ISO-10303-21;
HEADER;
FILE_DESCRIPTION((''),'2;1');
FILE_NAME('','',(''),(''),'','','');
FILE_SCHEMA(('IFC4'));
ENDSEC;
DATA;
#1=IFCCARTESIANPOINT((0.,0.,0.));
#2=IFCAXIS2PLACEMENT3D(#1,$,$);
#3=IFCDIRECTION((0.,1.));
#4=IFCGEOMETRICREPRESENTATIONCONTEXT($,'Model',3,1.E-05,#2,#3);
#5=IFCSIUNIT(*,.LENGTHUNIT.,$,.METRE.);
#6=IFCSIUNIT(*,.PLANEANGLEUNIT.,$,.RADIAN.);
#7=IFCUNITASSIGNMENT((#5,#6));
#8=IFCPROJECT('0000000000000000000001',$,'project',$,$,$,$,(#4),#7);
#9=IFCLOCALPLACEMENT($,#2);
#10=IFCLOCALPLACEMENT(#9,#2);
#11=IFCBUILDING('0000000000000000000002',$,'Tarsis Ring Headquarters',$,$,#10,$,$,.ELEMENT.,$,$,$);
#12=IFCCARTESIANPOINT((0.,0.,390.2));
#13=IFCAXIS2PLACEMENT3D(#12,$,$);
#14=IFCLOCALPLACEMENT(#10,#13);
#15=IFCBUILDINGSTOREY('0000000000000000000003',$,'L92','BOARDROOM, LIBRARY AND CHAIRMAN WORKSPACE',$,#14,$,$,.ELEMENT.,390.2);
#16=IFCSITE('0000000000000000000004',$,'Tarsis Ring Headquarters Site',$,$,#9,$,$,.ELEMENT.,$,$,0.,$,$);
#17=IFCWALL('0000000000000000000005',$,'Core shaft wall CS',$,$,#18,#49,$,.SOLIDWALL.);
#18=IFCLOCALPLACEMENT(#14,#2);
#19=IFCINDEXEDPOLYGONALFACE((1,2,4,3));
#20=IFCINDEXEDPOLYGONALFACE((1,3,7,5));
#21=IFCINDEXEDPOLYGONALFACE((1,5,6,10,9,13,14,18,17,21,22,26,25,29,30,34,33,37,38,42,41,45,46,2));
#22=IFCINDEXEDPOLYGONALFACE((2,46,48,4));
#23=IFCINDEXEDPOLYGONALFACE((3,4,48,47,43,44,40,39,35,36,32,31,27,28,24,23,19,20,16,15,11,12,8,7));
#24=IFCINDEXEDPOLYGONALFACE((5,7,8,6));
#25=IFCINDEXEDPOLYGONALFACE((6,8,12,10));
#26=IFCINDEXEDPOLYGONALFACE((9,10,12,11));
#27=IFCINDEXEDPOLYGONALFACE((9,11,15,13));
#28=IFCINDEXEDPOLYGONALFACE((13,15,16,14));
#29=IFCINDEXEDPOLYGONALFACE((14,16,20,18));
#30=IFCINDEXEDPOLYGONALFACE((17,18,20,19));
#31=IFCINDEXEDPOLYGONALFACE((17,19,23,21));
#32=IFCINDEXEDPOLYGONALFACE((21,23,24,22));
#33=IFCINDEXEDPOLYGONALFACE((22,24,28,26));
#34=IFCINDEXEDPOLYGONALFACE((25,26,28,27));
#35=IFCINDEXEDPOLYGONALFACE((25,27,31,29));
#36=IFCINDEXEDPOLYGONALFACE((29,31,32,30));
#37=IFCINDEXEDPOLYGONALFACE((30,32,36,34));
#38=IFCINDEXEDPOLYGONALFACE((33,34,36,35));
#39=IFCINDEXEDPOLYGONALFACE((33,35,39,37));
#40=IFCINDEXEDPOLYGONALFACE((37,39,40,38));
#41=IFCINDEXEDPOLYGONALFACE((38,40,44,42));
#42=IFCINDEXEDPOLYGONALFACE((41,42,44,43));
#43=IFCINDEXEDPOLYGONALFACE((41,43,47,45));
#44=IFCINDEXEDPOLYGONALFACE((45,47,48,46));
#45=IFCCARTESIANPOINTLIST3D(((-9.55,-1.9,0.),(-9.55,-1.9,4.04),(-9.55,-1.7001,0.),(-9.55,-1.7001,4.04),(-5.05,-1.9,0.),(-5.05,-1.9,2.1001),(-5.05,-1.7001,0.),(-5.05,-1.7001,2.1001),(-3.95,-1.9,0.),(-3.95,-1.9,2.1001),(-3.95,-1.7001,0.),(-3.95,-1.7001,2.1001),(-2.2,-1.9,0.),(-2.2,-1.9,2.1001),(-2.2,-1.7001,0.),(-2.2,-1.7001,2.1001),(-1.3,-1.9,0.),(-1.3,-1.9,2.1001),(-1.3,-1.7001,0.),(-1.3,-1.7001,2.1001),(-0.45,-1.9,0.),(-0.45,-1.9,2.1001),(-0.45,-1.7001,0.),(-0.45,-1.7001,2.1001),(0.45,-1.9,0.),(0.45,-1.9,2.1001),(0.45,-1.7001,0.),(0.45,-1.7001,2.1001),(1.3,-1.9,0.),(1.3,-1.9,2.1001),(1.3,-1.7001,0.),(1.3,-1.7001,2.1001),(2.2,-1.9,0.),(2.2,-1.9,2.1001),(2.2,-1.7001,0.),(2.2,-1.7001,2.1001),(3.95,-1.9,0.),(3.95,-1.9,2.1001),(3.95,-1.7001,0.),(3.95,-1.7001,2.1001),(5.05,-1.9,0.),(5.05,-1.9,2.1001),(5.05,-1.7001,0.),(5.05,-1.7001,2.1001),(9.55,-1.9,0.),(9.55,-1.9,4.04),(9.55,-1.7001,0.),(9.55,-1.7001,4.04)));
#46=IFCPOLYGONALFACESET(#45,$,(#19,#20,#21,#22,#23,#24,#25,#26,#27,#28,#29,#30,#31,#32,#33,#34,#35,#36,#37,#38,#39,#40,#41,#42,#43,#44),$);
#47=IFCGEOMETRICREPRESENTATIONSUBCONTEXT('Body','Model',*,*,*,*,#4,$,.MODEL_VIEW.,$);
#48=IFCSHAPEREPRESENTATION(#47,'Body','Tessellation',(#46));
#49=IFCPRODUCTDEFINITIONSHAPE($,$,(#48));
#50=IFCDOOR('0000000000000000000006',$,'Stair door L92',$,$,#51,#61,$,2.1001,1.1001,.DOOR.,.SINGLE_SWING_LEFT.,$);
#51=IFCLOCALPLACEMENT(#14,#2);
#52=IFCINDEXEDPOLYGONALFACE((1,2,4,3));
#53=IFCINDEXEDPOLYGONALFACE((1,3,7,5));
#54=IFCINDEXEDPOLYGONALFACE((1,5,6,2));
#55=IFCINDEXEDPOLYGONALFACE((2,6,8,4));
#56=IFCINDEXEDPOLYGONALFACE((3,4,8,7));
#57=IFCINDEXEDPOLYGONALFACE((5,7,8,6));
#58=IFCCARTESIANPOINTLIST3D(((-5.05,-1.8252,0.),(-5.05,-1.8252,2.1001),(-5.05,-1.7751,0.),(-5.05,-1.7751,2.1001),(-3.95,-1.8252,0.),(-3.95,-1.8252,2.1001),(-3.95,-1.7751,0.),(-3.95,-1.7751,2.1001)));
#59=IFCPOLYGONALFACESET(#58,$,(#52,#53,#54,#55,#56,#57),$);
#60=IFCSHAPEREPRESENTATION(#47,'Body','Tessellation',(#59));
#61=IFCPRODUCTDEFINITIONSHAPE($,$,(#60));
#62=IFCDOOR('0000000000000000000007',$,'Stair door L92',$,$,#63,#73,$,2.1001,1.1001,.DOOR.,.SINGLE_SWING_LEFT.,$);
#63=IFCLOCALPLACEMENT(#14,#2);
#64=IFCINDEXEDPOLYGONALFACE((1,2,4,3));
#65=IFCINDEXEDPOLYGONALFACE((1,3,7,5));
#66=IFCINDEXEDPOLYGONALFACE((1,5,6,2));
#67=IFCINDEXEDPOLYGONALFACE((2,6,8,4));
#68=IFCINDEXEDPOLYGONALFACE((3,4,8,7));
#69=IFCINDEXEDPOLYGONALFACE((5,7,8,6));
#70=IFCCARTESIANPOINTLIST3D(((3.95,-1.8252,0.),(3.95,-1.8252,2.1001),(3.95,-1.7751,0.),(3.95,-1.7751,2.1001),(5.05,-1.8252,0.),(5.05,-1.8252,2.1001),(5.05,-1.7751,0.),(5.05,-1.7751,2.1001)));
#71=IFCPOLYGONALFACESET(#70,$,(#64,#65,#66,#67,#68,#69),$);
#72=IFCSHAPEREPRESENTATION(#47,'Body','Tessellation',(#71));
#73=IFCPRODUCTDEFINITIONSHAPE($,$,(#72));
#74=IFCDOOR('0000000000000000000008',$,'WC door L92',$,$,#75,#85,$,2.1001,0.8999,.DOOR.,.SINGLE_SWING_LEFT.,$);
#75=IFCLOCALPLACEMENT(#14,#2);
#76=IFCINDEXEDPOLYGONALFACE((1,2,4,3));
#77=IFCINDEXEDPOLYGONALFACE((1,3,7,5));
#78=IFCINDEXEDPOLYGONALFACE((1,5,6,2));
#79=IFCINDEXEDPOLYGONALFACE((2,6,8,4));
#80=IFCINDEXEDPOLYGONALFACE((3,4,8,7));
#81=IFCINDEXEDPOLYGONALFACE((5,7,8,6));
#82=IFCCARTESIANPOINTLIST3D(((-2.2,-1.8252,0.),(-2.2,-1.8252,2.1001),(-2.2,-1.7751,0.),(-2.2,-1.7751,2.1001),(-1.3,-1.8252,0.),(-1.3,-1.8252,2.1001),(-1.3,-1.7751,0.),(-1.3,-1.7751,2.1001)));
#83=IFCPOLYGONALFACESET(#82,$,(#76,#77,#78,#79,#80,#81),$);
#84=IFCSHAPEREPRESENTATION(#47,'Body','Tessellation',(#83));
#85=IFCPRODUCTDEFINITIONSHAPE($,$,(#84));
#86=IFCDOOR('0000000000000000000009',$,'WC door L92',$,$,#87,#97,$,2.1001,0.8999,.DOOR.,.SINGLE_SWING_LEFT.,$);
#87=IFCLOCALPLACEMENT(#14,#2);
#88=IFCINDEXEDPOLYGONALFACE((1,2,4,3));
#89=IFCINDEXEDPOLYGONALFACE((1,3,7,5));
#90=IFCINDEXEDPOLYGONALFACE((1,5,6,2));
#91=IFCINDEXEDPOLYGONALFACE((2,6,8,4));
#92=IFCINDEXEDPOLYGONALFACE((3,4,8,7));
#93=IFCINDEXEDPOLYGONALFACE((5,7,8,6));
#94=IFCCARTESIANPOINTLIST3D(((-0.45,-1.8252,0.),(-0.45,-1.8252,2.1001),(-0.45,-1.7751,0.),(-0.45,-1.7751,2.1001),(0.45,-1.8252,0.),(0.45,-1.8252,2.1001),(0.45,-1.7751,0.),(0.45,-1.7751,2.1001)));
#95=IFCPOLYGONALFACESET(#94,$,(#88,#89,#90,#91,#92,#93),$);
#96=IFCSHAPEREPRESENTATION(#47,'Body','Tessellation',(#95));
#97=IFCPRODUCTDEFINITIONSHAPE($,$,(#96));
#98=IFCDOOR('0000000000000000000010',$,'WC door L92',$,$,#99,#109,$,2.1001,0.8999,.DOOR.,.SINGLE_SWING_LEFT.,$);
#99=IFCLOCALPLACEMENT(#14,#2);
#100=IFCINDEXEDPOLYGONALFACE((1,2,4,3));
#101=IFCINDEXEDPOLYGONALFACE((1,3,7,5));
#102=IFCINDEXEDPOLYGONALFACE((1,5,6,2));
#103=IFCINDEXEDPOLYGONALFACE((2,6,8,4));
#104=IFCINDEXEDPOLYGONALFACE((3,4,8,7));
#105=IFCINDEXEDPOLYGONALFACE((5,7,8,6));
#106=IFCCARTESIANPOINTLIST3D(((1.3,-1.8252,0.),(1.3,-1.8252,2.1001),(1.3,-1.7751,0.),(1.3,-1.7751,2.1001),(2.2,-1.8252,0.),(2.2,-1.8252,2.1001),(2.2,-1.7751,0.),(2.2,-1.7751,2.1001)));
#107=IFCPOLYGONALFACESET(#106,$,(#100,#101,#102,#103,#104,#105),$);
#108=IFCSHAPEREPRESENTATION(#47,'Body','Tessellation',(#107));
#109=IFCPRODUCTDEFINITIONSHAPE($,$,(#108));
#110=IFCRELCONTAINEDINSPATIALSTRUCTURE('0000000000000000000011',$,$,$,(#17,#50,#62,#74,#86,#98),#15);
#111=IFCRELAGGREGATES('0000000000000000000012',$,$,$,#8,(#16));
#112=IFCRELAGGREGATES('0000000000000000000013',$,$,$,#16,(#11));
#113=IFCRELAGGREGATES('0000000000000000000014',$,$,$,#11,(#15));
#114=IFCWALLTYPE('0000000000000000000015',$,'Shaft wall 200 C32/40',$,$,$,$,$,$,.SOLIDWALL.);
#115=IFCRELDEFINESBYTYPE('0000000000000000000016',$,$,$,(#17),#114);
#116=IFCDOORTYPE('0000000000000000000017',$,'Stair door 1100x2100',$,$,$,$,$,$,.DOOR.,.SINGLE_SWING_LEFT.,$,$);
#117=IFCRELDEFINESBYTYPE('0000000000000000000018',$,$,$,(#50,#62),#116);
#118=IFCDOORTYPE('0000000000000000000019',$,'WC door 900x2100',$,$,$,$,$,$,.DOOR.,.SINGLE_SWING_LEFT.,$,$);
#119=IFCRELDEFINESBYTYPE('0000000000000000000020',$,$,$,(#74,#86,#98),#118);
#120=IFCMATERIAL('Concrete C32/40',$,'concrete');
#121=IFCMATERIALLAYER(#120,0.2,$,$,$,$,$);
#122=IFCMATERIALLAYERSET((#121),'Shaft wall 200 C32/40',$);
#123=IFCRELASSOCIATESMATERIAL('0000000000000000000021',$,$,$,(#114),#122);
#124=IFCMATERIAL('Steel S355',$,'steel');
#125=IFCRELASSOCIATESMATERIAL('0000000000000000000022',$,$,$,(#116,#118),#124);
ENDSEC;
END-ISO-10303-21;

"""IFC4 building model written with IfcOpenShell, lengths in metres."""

from ifc_helpers import new_model, si_unit, direction, frame, frame_2d, origin, place, context, subcontext, project, spatial, rectangle, extrude, material, layer, layer_set, type_object, element, fill, save


model = new_model("IFC4")

# Units and contexts
model_context = context("Model", 3, precision=1e-05, world=origin(), true_north=direction((0.0, 1.0)))
body_context = subcontext(model_context, "Body", "Model", "MODEL_VIEW")
ifc_project = project(units=[si_unit("LENGTHUNIT", "METRE"), si_unit("PLANEANGLEUNIT", "RADIAN")], contexts=[model_context])

# Site, building, storey
site_placement = place(None, origin())
site = spatial("IfcSite", under=ifc_project, at=site_placement, Name="Tarsis Ring Headquarters Site", CompositionType="ELEMENT", RefElevation=0.0)
building_placement = place(site_placement, origin())
building = spatial("IfcBuilding", under=site, at=building_placement, Name="Tarsis Ring Headquarters", CompositionType="ELEMENT")
storey_placement = place(building_placement, frame((0.0, 0.0, 390.2)))
storey = spatial("IfcBuildingStorey", under=building, at=storey_placement, Name="L92", Description="BOARDROOM, LIBRARY AND CHAIRMAN WORKSPACE", CompositionType="ELEMENT", Elevation=390.2)

# Wall, openings, doors
ifc_material_1 = material(Name="Concrete C32/40", Category="concrete")
ifc_layer_1 = layer(ifc_material_1, 0.2)
ifc_layer_set_1 = layer_set([ifc_layer_1], Name="Shaft wall 200 C32/40")
wall_type_1 = type_object("IfcWallType", Name="Shaft wall 200 C32/40", PredefinedType="SOLIDWALL", material=ifc_layer_set_1)
ifc_material_2 = material(Name="Steel S355", Category="steel")
door_type_1 = type_object("IfcDoorType", Name="Stair door 1100x2100", OperationType="SINGLE_SWING_LEFT", PredefinedType="DOOR", material=ifc_material_2)
wall_1_placement = place(storey_placement, frame((-9.55, -1.8, 0.0), z_axis=(0.0, 0.0, 1.0), x_axis=(1.0, 0.0, 0.0)))
wall_1 = element("IfcWall", 1, at=wall_1_placement, inside=storey, type_object=wall_type_1, Name="Core shaft wall CS", PredefinedType="SOLIDWALL", context=body_context, shape_type="SweptSolid", body=[
    extrude(rectangle(XDim=19.1001, YDim=0.2, at=frame_2d((9.55, 0.0))), origin(), (0.0, 0.0, 1.0), 4.04),
])
opening_1_placement = place(wall_1_placement, frame((4.5, 0.0, 0.0)))
opening_1 = element("IfcOpeningElement", 2, at=opening_1_placement, cuts=wall_1, PredefinedType="OPENING", context=body_context, shape_type="SweptSolid", body=[
    extrude(rectangle(XDim=1.1001, YDim=2.1001, at=frame_2d((0.55, 1.05))), frame((0.0, 0.1099, 0.0), z_axis=(0.0, -1.0, 0.0), x_axis=(1.0, 0.0, 0.0)), (0.0, 0.0, 1.0), 0.22),
])
opening_2_placement = place(wall_1_placement, frame((7.3501, 0.0, 0.0)))
opening_2 = element("IfcOpeningElement", 3, at=opening_2_placement, cuts=wall_1, PredefinedType="OPENING", context=body_context, shape_type="SweptSolid", body=[
    extrude(rectangle(XDim=0.8999, YDim=2.1001, at=frame_2d((0.45, 1.05))), frame((0.0, 0.1099, 0.0), z_axis=(0.0, -1.0, 0.0), x_axis=(1.0, 0.0, 0.0)), (0.0, 0.0, 1.0), 0.22),
])
opening_3_placement = place(wall_1_placement, frame((9.1001, 0.0, 0.0)))
opening_3 = element("IfcOpeningElement", 4, at=opening_3_placement, cuts=wall_1, PredefinedType="OPENING", context=body_context, shape_type="SweptSolid", body=[
    extrude(rectangle(XDim=0.8999, YDim=2.1001, at=frame_2d((0.45, 1.05))), frame((0.0, 0.1099, 0.0), z_axis=(0.0, -1.0, 0.0), x_axis=(1.0, 0.0, 0.0)), (0.0, 0.0, 1.0), 0.22),
])
opening_4_placement = place(wall_1_placement, frame((10.8501, 0.0, 0.0)))
opening_4 = element("IfcOpeningElement", 5, at=opening_4_placement, cuts=wall_1, PredefinedType="OPENING", context=body_context, shape_type="SweptSolid", body=[
    extrude(rectangle(XDim=0.8999, YDim=2.1001, at=frame_2d((0.45, 1.05))), frame((0.0, 0.1099, 0.0), z_axis=(0.0, -1.0, 0.0), x_axis=(1.0, 0.0, 0.0)), (0.0, 0.0, 1.0), 0.22),
])
opening_5_placement = place(wall_1_placement, frame((13.5, 0.0, 0.0)))
opening_5 = element("IfcOpeningElement", 6, at=opening_5_placement, cuts=wall_1, PredefinedType="OPENING", context=body_context, shape_type="SweptSolid", body=[
    extrude(rectangle(XDim=1.1001, YDim=2.1001, at=frame_2d((0.55, 1.05))), frame((0.0, 0.1099, 0.0), z_axis=(0.0, -1.0, 0.0), x_axis=(1.0, 0.0, 0.0)), (0.0, 0.0, 1.0), 0.22),
])
door_1_placement = place(opening_1_placement, origin())
door_1 = element("IfcDoor", 7, at=door_1_placement, inside=storey, type_object=door_type_1, Name="Stair door L92", OperationType="SINGLE_SWING_LEFT", OverallHeight=2.1001, OverallWidth=1.1001, PredefinedType="DOOR", context=body_context, shape_type="SweptSolid", body=[
    extrude(rectangle(XDim=1.1001, YDim=2.1001, at=frame_2d((0.55, 1.05))), frame((0.0, 0.0249, 0.0), z_axis=(0.0, -1.0, 0.0), x_axis=(1.0, 0.0, 0.0)), (0.0, 0.0, 1.0), 0.05),
])
fill(opening_1, door_1)
door_2_placement = place(opening_5_placement, origin())
door_2 = element("IfcDoor", 8, at=door_2_placement, inside=storey, type_object=door_type_1, Name="Stair door L92", OperationType="SINGLE_SWING_LEFT", OverallHeight=2.1001, OverallWidth=1.1001, PredefinedType="DOOR", context=body_context, shape_type="SweptSolid", body=[
    extrude(rectangle(XDim=1.1001, YDim=2.1001, at=frame_2d((0.55, 1.05))), frame((0.0, 0.0249, 0.0), z_axis=(0.0, -1.0, 0.0), x_axis=(1.0, 0.0, 0.0)), (0.0, 0.0, 1.0), 0.05),
])
fill(opening_5, door_2)
door_type_2 = type_object("IfcDoorType", Name="WC door 900x2100", OperationType="SINGLE_SWING_LEFT", PredefinedType="DOOR", material=ifc_material_2)
door_3_placement = place(opening_2_placement, origin())
door_3 = element("IfcDoor", 9, at=door_3_placement, inside=storey, type_object=door_type_2, Name="WC door L92", OperationType="SINGLE_SWING_LEFT", OverallHeight=2.1001, OverallWidth=0.8999, PredefinedType="DOOR", context=body_context, shape_type="SweptSolid", body=[
    extrude(rectangle(XDim=0.8999, YDim=2.1001, at=frame_2d((0.45, 1.05))), frame((0.0, 0.0249, 0.0), z_axis=(0.0, -1.0, 0.0), x_axis=(1.0, 0.0, 0.0)), (0.0, 0.0, 1.0), 0.05),
])
fill(opening_2, door_3)
door_4_placement = place(opening_3_placement, origin())
door_4 = element("IfcDoor", 10, at=door_4_placement, inside=storey, type_object=door_type_2, Name="WC door L92", OperationType="SINGLE_SWING_LEFT", OverallHeight=2.1001, OverallWidth=0.8999, PredefinedType="DOOR", context=body_context, shape_type="SweptSolid", body=[
    extrude(rectangle(XDim=0.8999, YDim=2.1001, at=frame_2d((0.45, 1.05))), frame((0.0, 0.0249, 0.0), z_axis=(0.0, -1.0, 0.0), x_axis=(1.0, 0.0, 0.0)), (0.0, 0.0, 1.0), 0.05),
])
fill(opening_3, door_4)
door_5_placement = place(opening_4_placement, origin())
door_5 = element("IfcDoor", 11, at=door_5_placement, inside=storey, type_object=door_type_2, Name="WC door L92", OperationType="SINGLE_SWING_LEFT", OverallHeight=2.1001, OverallWidth=0.8999, PredefinedType="DOOR", context=body_context, shape_type="SweptSolid", body=[
    extrude(rectangle(XDim=0.8999, YDim=2.1001, at=frame_2d((0.45, 1.05))), frame((0.0, 0.0249, 0.0), z_axis=(0.0, -1.0, 0.0), x_axis=(1.0, 0.0, 0.0)), (0.0, 0.0, 1.0), 0.05),
])
fill(opening_4, door_5)

save(model, "model.ifc")
